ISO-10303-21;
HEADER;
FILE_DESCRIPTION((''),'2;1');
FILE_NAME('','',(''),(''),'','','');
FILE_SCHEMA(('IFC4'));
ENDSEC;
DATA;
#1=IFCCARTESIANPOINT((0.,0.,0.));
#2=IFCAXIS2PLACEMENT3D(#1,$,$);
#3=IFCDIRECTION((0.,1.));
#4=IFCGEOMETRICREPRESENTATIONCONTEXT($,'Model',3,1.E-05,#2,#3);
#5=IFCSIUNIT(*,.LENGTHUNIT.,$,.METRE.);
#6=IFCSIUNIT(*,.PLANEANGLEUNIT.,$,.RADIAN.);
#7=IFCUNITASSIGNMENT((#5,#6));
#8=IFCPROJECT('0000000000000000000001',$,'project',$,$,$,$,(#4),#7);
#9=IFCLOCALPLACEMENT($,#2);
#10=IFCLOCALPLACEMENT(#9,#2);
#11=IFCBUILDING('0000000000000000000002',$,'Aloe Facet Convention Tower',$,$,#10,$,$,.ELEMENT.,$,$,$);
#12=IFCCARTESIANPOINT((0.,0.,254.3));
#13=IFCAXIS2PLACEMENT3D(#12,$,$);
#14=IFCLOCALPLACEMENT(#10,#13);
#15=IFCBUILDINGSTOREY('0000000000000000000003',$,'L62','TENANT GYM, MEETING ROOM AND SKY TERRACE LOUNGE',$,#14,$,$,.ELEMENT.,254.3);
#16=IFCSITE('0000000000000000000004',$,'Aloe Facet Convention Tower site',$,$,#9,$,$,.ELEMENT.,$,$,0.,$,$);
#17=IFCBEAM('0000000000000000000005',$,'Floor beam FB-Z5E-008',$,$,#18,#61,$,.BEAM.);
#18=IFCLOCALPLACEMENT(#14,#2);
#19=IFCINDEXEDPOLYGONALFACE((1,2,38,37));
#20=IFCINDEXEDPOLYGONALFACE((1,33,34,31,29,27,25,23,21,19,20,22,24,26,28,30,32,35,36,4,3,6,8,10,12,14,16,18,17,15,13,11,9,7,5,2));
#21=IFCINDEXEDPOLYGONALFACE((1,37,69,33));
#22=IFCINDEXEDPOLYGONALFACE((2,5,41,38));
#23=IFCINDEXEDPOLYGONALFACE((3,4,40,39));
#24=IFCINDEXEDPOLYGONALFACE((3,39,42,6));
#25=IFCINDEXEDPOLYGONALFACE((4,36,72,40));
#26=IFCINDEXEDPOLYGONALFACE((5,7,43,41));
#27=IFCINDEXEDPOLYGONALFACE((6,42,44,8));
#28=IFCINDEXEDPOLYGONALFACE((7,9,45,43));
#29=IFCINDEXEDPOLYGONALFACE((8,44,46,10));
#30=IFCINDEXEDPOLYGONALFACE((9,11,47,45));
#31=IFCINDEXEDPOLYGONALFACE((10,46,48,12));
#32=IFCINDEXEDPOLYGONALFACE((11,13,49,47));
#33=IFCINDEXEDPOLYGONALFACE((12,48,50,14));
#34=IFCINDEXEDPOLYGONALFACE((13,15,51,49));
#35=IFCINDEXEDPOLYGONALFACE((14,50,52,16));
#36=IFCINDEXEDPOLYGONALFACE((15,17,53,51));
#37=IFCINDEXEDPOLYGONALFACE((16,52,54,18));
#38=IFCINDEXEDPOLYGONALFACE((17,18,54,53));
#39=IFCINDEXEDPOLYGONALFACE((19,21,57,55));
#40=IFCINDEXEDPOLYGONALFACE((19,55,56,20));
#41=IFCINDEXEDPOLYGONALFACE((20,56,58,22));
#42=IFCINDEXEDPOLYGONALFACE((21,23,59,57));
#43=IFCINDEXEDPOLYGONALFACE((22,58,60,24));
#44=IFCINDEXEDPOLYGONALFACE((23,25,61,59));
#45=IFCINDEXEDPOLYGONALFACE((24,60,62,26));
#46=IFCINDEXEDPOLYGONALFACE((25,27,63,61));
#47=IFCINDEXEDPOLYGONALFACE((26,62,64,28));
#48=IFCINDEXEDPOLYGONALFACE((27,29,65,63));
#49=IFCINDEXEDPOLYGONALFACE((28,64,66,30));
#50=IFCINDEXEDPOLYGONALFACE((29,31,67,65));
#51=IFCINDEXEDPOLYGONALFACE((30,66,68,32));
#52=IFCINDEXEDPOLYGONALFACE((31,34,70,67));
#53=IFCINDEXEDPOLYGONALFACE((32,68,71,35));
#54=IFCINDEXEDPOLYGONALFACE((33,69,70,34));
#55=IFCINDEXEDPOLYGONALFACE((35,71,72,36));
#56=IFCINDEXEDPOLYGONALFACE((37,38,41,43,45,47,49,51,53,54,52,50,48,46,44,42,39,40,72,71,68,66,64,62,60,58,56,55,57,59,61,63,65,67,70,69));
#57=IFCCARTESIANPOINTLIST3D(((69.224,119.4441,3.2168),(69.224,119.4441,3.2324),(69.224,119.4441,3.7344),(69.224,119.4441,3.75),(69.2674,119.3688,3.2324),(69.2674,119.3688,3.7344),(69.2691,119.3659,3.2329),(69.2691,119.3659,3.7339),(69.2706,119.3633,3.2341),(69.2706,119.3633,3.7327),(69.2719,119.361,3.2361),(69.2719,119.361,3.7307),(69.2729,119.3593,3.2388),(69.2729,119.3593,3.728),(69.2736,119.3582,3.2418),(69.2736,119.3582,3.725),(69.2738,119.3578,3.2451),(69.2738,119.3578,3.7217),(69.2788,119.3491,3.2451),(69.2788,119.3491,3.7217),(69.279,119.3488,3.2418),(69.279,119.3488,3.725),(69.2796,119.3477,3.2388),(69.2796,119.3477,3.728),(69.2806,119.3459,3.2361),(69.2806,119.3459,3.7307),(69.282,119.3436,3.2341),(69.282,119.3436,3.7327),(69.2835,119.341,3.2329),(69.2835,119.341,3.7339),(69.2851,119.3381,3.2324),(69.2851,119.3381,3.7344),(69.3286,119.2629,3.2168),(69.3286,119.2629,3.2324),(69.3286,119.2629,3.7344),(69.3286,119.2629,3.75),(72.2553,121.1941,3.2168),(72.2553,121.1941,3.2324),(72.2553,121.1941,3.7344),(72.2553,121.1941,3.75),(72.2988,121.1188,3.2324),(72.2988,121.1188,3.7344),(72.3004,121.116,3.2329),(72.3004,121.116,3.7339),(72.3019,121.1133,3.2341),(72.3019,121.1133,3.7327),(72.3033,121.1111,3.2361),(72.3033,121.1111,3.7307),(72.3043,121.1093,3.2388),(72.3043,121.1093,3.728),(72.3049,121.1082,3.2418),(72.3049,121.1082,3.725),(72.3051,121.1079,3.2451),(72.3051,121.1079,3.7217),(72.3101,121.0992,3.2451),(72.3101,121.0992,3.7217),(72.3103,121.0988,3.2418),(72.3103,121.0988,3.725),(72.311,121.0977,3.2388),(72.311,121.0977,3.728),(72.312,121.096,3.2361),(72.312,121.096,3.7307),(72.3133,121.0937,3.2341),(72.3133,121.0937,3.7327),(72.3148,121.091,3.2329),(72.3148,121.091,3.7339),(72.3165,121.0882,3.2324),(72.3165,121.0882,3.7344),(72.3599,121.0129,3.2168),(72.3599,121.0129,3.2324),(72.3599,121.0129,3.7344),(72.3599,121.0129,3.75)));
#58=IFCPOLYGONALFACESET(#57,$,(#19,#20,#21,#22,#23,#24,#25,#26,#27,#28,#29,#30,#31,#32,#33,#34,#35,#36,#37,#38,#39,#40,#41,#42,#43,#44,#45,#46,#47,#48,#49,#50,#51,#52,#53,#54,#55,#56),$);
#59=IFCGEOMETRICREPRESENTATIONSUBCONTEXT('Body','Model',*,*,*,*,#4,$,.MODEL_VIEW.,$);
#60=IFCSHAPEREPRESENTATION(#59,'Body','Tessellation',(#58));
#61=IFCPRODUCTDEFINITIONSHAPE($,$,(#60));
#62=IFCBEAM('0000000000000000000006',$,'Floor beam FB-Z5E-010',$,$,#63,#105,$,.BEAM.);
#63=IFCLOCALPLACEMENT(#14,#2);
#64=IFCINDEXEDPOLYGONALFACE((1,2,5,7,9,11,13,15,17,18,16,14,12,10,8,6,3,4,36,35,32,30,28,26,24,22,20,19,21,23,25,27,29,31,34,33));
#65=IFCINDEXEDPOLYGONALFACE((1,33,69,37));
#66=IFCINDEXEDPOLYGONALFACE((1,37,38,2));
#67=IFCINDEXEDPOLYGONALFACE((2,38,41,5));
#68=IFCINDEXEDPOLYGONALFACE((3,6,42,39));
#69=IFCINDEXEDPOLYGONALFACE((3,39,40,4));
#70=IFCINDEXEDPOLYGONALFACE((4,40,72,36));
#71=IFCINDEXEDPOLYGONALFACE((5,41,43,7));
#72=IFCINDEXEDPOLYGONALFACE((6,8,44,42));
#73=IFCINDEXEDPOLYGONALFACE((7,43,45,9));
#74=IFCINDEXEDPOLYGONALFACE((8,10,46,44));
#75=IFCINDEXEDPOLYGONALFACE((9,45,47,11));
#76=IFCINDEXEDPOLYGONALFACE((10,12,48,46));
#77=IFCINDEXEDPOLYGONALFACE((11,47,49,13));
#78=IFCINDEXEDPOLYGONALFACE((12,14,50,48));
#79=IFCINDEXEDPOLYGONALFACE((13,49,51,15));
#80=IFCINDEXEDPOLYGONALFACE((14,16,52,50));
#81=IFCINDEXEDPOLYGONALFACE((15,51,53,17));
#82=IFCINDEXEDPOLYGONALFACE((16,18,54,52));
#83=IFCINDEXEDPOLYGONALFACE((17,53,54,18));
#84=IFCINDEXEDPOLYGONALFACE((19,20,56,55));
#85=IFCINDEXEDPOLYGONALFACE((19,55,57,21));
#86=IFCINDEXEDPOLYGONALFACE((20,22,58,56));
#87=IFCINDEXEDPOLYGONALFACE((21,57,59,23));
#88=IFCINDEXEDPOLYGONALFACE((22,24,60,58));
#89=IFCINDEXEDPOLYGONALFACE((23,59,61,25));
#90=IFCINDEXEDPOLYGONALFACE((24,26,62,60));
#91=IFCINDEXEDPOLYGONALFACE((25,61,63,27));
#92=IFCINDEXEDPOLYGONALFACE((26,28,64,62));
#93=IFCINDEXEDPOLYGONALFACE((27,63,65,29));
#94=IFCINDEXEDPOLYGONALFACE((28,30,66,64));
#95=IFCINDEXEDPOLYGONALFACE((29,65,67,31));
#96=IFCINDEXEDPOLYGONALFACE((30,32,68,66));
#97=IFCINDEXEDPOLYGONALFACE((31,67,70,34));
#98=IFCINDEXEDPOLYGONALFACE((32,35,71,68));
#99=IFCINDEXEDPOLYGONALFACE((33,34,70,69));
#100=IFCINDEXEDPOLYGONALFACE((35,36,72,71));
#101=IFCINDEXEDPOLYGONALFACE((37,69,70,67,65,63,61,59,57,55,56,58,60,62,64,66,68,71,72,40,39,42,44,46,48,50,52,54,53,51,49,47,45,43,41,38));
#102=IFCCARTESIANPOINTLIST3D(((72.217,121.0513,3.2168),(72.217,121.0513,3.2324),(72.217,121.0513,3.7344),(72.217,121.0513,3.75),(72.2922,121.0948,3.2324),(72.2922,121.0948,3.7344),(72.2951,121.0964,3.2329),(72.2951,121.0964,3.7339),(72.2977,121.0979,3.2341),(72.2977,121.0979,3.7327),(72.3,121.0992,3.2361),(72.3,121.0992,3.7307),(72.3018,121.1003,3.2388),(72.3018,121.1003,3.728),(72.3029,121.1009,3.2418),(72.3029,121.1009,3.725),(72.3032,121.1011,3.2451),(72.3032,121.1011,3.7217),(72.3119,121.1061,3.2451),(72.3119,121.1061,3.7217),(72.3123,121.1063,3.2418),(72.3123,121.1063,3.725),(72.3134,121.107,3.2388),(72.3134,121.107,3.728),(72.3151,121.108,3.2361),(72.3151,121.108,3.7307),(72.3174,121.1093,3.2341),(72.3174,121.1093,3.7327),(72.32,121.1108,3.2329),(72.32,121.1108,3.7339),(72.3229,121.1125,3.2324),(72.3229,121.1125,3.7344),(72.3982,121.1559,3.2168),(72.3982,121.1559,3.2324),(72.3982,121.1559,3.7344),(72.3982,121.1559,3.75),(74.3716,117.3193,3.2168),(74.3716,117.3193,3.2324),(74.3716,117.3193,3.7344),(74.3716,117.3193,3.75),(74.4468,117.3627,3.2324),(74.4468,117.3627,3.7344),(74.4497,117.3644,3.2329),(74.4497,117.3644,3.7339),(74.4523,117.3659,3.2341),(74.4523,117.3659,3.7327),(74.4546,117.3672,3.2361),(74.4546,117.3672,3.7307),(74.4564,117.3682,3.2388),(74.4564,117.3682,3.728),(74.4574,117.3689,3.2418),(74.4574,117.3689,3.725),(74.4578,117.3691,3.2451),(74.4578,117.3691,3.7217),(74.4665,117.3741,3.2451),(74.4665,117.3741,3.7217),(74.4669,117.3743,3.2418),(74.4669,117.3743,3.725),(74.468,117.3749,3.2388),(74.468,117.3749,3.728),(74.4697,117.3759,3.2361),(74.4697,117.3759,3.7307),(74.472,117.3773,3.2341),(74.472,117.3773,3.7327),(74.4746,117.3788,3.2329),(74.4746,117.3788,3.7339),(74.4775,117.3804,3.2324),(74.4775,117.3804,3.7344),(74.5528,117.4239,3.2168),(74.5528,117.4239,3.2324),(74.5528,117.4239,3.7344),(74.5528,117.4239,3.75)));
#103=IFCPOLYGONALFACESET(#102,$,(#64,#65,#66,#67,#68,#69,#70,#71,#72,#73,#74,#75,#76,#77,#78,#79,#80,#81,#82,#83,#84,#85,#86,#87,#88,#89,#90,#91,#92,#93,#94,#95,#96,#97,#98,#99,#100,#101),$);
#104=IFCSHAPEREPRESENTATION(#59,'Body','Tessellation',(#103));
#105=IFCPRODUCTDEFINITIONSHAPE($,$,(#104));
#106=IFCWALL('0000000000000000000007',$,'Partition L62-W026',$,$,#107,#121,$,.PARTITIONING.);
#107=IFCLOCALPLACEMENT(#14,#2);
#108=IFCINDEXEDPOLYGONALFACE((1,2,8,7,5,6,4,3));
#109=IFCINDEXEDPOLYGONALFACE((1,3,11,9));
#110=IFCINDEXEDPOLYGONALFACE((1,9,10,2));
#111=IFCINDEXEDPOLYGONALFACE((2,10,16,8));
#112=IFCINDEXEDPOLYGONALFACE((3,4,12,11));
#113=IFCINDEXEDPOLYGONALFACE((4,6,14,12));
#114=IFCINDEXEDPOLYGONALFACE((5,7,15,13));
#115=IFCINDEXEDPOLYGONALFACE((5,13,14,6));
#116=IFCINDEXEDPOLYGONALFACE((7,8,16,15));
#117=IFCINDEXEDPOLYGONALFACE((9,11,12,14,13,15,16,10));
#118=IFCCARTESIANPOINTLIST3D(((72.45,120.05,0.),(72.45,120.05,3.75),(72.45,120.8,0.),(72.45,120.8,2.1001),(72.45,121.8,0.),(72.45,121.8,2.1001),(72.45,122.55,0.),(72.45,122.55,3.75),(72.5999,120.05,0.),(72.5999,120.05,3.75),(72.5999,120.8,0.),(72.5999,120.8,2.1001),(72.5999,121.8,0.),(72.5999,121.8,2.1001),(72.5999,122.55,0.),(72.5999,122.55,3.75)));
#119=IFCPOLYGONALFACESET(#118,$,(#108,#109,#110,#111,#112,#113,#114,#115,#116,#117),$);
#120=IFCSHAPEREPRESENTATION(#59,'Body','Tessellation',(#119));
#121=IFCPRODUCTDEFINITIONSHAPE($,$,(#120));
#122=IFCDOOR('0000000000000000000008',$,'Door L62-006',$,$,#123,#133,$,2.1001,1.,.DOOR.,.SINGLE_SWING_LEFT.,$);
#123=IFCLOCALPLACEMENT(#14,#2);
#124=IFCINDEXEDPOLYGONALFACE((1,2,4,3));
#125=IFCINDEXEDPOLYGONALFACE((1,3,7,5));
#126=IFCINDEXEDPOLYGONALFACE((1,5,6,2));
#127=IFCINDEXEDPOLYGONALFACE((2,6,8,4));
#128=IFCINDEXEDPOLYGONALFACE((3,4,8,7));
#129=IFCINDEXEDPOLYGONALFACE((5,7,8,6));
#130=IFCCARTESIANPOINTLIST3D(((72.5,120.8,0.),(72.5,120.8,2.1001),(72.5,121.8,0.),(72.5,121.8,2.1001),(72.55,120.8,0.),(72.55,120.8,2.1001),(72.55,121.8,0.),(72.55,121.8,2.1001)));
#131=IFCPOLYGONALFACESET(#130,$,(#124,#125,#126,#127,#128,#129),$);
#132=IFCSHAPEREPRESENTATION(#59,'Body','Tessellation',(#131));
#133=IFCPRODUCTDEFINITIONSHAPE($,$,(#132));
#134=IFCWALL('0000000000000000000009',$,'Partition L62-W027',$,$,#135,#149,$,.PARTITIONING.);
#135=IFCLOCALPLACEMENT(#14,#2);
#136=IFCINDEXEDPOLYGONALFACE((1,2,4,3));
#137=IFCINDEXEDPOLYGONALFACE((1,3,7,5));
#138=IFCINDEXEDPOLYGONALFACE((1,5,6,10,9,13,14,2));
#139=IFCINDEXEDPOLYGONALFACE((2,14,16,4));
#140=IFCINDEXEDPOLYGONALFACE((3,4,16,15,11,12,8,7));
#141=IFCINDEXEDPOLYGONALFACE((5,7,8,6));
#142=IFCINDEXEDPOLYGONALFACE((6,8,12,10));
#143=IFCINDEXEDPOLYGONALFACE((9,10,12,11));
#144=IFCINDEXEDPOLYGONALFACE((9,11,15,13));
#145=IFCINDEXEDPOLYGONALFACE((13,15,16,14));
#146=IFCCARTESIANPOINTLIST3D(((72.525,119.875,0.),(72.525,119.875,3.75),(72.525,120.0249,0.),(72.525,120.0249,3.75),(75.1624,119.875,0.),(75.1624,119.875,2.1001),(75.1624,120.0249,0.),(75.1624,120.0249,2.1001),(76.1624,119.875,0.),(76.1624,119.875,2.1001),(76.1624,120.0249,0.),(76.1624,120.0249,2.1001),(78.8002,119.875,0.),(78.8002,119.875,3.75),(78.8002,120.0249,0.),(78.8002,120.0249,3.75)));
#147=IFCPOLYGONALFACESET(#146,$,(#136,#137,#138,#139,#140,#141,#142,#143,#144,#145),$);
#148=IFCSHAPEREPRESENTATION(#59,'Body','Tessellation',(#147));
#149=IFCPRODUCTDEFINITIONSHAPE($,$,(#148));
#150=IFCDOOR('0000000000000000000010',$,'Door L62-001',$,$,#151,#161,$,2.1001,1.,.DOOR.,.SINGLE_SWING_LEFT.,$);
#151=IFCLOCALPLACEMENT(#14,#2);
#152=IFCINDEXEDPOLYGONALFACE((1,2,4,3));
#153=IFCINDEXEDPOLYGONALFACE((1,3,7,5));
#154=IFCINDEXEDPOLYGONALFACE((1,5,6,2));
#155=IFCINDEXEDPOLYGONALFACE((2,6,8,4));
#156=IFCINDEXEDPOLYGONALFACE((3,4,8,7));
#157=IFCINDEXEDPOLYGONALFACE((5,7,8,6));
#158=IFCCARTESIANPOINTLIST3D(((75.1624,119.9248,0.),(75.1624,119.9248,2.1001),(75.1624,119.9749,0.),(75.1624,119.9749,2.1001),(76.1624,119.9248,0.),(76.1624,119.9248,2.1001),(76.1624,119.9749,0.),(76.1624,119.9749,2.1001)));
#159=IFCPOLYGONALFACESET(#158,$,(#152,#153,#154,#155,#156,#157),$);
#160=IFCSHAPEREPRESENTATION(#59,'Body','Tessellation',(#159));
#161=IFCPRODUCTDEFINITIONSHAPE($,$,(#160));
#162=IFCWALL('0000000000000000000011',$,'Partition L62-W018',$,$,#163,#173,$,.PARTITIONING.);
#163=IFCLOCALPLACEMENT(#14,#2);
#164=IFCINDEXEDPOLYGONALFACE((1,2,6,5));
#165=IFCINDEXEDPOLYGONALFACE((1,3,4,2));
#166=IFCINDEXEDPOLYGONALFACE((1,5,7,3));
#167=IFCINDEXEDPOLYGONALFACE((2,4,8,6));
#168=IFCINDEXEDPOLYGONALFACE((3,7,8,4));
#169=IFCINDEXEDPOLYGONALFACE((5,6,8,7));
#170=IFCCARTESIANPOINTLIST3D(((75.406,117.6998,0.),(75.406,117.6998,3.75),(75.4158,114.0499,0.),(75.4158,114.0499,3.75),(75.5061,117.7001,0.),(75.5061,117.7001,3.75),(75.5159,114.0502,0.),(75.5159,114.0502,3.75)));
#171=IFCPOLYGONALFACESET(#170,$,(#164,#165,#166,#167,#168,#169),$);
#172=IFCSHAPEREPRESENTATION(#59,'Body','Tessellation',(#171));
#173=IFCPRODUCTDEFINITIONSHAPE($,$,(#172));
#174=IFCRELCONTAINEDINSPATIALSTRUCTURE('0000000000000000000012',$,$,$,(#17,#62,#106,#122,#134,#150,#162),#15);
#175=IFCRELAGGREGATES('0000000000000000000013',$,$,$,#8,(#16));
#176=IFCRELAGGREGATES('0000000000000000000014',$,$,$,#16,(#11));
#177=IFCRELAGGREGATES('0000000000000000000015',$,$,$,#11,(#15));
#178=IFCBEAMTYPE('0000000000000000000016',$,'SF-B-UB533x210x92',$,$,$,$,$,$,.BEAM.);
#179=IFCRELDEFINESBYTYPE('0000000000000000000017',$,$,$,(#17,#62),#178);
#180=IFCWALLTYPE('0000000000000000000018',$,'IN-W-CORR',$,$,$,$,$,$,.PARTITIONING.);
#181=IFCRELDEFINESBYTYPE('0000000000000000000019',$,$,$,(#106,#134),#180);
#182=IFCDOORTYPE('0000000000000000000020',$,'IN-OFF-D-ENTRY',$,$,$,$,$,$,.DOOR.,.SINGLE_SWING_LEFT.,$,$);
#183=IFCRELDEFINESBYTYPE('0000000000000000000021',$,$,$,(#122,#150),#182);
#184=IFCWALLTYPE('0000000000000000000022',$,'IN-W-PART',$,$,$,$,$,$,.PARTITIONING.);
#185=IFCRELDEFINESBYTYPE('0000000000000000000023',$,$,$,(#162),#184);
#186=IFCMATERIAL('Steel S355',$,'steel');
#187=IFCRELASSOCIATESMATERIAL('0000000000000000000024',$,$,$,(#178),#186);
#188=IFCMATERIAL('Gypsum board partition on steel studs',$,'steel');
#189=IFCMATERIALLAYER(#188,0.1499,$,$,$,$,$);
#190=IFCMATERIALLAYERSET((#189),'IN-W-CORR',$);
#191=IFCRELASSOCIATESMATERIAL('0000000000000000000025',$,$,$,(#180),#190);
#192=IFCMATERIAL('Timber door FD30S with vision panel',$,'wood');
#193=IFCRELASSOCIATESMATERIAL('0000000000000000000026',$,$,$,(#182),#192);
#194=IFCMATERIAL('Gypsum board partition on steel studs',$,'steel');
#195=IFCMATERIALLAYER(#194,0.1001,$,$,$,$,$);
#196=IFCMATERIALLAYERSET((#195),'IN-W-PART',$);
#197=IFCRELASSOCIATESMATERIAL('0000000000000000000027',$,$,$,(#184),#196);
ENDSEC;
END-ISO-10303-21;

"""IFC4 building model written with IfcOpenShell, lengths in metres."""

from ifc_helpers import new_model, si_unit, direction, frame, frame_2d, origin, origin_2d, place, context, subcontext, project, spatial, rectangle, i_section, extrude, material, layer, layer_set, material_profile, profile_set, type_object, element, fill, save


model = new_model("IFC4")

# Units and contexts
model_context = context("Model", 3, precision=1e-05, world=origin(), true_north=direction((0.0, 1.0)))
body_context = subcontext(model_context, "Body", "Model", "MODEL_VIEW")
ifc_project = project(units=[si_unit("LENGTHUNIT", "METRE"), si_unit("PLANEANGLEUNIT", "RADIAN")], contexts=[model_context])

# Site, building, storey
site_placement = place(None, origin())
site = spatial("IfcSite", under=ifc_project, at=site_placement, Name="Aloe Facet Convention Tower site", CompositionType="ELEMENT", RefElevation=0.0)
building_placement = place(site_placement, origin())
building = spatial("IfcBuilding", under=site, at=building_placement, Name="Aloe Facet Convention Tower", CompositionType="ELEMENT")
storey_placement = place(building_placement, frame((0.0, 0.0, 254.3)))
storey = spatial("IfcBuildingStorey", under=building, at=storey_placement, Name="L62", Description="TENANT GYM, MEETING ROOM AND SKY TERRACE LOUNGE", CompositionType="ELEMENT", Elevation=254.3)

# Beams
ifc_material_1 = material(Name="Steel S355", Category="steel")
ifc_material_profile_1 = material_profile(ifc_material_1, i_section(OverallWidth=0.2092, OverallDepth=0.5332, WebThickness=0.01, FlangeThickness=0.0156, FilletRadius=0.0127, at=origin_2d()), Name="UB 533x210x92")
ifc_profile_set_1 = profile_set([ifc_material_profile_1], Name="Steel S355")
beam_type_1 = type_object("IfcBeamType", Name="SF-B-UB533x210x92", PredefinedType="BEAM", material=ifc_profile_set_1)
beam_1_placement = place(storey_placement, frame((72.3076, 121.1035, 3.4834), z_axis=(-0.866037, -0.49998, 0.0), x_axis=(0.49998, -0.866037, 0.0)))
element("IfcBeam", 1, at=beam_1_placement, inside=storey, type_object=beam_type_1, Name="Floor beam FB-Z5E-008", PredefinedType="BEAM", context=body_context, shape_type="SweptSolid", body=[
    extrude(i_section(OverallWidth=0.2092, OverallDepth=0.5332, WebThickness=0.01, FlangeThickness=0.0156, FilletRadius=0.0127, at=origin_2d()), origin(), (0.0, 0.0, 1.0), 3.5002),
])
beam_2_placement = place(storey_placement, frame((74.4622, 117.3716, 3.4834), z_axis=(-0.499984, 0.866035, 0.0), x_axis=(-0.866035, -0.499984, 0.0)))
element("IfcBeam", 2, at=beam_2_placement, inside=storey, type_object=beam_type_1, Name="Floor beam FB-Z5E-010", PredefinedType="BEAM", context=body_context, shape_type="SweptSolid", body=[
    extrude(i_section(OverallWidth=0.2092, OverallDepth=0.5332, WebThickness=0.01, FlangeThickness=0.0156, FilletRadius=0.0127, at=origin_2d()), origin(), (0.0, 0.0, 1.0), 4.3093),
])

# Walls, openings, doors
ifc_material_2 = material(Name="Gypsum board partition on steel studs", Category="steel")
ifc_layer_1 = layer(ifc_material_2, 0.1499)
ifc_layer_set_1 = layer_set([ifc_layer_1], Name="IN-W-CORR")
wall_type_1 = type_object("IfcWallType", Name="IN-W-CORR", PredefinedType="PARTITIONING", material=ifc_layer_set_1)
wall_1_placement = place(storey_placement, frame((72.5249, 120.05, 0.0), z_axis=(0.0, 0.0, 1.0), x_axis=(0.0, 1.0, 0.0)))
wall_1 = element("IfcWall", 3, at=wall_1_placement, inside=storey, type_object=wall_type_1, Name="Partition L62-W026", PredefinedType="PARTITIONING", context=body_context, shape_type="SweptSolid", body=[
    extrude(rectangle(XDim=2.5, YDim=0.1499, at=frame_2d((1.25, 0.0))), origin(), (0.0, 0.0, 1.0), 3.75),
])
opening_1_placement = place(wall_1_placement, frame((0.75, 0.0, 0.0)))
opening_1 = element("IfcOpeningElement", 4, at=opening_1_placement, cuts=wall_1, PredefinedType="OPENING", context=body_context, shape_type="SweptSolid", body=[
    extrude(rectangle(XDim=1.0, YDim=2.1001, at=frame_2d((0.5, 1.05))), frame((0.0, 0.085, 0.0), z_axis=(0.0, -1.0, 0.0), x_axis=(1.0, 0.0, 0.0)), (0.0, 0.0, 1.0), 0.1699),
])
ifc_material_3 = material(Name="Timber door FD30S with vision panel", Category="wood")
door_type_1 = type_object("IfcDoorType", Name="IN-OFF-D-ENTRY", OperationType="SINGLE_SWING_LEFT", PredefinedType="DOOR", material=ifc_material_3)
door_1_placement = place(opening_1_placement, origin())
door_1 = element("IfcDoor", 5, at=door_1_placement, inside=storey, type_object=door_type_1, Name="Door L62-006", OperationType="SINGLE_SWING_LEFT", OverallHeight=2.1001, OverallWidth=1.0, PredefinedType="DOOR", context=body_context, shape_type="SweptSolid", body=[
    extrude(rectangle(XDim=1.0, YDim=2.1001, at=frame_2d((0.5, 1.05))), frame((0.0, 0.0249, 0.0), z_axis=(0.0, -1.0, 0.0), x_axis=(1.0, 0.0, 0.0)), (0.0, 0.0, 1.0), 0.05),
])
fill(opening_1, door_1)
wall_2_placement = place(storey_placement, frame((72.5249, 119.95, 0.0), z_axis=(0.0, 0.0, 1.0), x_axis=(1.0, 0.0, 0.0)))
wall_2 = element("IfcWall", 6, at=wall_2_placement, inside=storey, type_object=wall_type_1, Name="Partition L62-W027", PredefinedType="PARTITIONING", context=body_context, shape_type="SweptSolid", body=[
    extrude(rectangle(XDim=6.2751, YDim=0.1499, at=frame_2d((3.1377, 0.0))), origin(), (0.0, 0.0, 1.0), 3.75),
])
opening_2_placement = place(wall_2_placement, frame((2.6375, 0.0, 0.0)))
opening_2 = element("IfcOpeningElement", 7, at=opening_2_placement, cuts=wall_2, PredefinedType="OPENING", context=body_context, shape_type="SweptSolid", body=[
    extrude(rectangle(XDim=1.0, YDim=2.1001, at=frame_2d((0.5, 1.05))), frame((0.0, 0.085, 0.0), z_axis=(0.0, -1.0, 0.0), x_axis=(1.0, 0.0, 0.0)), (0.0, 0.0, 1.0), 0.1699),
])
door_2_placement = place(opening_2_placement, origin())
door_2 = element("IfcDoor", 8, at=door_2_placement, inside=storey, type_object=door_type_1, Name="Door L62-001", OperationType="SINGLE_SWING_LEFT", OverallHeight=2.1001, OverallWidth=1.0, PredefinedType="DOOR", context=body_context, shape_type="SweptSolid", body=[
    extrude(rectangle(XDim=1.0, YDim=2.1001, at=frame_2d((0.5, 1.05))), frame((0.0, 0.0249, 0.0), z_axis=(0.0, -1.0, 0.0), x_axis=(1.0, 0.0, 0.0)), (0.0, 0.0, 1.0), 0.05),
])
fill(opening_2, door_2)

# Wall
ifc_material_4 = material(Name="Gypsum board partition on steel studs", Category="steel")
ifc_layer_2 = layer(ifc_material_4, 0.1001)
ifc_layer_set_2 = layer_set([ifc_layer_2], Name="IN-W-PART")
wall_type_2 = type_object("IfcWallType", Name="IN-W-PART", PredefinedType="PARTITIONING", material=ifc_layer_set_2)
wall_3_placement = place(storey_placement, frame((75.4658, 114.05, 0.0), z_axis=(0.0, 0.0, 1.0), x_axis=(-0.002676, 0.999996, 0.0)))
element("IfcWall", 9, at=wall_3_placement, inside=storey, type_object=wall_type_2, Name="Partition L62-W018", PredefinedType="PARTITIONING", context=body_context, shape_type="SweptSolid", body=[
    extrude(rectangle(XDim=3.6499, YDim=0.1001, at=frame_2d((1.825, 0.0))), origin(), (0.0, 0.0, 1.0), 3.75),
])

save(model, "model.ifc")
